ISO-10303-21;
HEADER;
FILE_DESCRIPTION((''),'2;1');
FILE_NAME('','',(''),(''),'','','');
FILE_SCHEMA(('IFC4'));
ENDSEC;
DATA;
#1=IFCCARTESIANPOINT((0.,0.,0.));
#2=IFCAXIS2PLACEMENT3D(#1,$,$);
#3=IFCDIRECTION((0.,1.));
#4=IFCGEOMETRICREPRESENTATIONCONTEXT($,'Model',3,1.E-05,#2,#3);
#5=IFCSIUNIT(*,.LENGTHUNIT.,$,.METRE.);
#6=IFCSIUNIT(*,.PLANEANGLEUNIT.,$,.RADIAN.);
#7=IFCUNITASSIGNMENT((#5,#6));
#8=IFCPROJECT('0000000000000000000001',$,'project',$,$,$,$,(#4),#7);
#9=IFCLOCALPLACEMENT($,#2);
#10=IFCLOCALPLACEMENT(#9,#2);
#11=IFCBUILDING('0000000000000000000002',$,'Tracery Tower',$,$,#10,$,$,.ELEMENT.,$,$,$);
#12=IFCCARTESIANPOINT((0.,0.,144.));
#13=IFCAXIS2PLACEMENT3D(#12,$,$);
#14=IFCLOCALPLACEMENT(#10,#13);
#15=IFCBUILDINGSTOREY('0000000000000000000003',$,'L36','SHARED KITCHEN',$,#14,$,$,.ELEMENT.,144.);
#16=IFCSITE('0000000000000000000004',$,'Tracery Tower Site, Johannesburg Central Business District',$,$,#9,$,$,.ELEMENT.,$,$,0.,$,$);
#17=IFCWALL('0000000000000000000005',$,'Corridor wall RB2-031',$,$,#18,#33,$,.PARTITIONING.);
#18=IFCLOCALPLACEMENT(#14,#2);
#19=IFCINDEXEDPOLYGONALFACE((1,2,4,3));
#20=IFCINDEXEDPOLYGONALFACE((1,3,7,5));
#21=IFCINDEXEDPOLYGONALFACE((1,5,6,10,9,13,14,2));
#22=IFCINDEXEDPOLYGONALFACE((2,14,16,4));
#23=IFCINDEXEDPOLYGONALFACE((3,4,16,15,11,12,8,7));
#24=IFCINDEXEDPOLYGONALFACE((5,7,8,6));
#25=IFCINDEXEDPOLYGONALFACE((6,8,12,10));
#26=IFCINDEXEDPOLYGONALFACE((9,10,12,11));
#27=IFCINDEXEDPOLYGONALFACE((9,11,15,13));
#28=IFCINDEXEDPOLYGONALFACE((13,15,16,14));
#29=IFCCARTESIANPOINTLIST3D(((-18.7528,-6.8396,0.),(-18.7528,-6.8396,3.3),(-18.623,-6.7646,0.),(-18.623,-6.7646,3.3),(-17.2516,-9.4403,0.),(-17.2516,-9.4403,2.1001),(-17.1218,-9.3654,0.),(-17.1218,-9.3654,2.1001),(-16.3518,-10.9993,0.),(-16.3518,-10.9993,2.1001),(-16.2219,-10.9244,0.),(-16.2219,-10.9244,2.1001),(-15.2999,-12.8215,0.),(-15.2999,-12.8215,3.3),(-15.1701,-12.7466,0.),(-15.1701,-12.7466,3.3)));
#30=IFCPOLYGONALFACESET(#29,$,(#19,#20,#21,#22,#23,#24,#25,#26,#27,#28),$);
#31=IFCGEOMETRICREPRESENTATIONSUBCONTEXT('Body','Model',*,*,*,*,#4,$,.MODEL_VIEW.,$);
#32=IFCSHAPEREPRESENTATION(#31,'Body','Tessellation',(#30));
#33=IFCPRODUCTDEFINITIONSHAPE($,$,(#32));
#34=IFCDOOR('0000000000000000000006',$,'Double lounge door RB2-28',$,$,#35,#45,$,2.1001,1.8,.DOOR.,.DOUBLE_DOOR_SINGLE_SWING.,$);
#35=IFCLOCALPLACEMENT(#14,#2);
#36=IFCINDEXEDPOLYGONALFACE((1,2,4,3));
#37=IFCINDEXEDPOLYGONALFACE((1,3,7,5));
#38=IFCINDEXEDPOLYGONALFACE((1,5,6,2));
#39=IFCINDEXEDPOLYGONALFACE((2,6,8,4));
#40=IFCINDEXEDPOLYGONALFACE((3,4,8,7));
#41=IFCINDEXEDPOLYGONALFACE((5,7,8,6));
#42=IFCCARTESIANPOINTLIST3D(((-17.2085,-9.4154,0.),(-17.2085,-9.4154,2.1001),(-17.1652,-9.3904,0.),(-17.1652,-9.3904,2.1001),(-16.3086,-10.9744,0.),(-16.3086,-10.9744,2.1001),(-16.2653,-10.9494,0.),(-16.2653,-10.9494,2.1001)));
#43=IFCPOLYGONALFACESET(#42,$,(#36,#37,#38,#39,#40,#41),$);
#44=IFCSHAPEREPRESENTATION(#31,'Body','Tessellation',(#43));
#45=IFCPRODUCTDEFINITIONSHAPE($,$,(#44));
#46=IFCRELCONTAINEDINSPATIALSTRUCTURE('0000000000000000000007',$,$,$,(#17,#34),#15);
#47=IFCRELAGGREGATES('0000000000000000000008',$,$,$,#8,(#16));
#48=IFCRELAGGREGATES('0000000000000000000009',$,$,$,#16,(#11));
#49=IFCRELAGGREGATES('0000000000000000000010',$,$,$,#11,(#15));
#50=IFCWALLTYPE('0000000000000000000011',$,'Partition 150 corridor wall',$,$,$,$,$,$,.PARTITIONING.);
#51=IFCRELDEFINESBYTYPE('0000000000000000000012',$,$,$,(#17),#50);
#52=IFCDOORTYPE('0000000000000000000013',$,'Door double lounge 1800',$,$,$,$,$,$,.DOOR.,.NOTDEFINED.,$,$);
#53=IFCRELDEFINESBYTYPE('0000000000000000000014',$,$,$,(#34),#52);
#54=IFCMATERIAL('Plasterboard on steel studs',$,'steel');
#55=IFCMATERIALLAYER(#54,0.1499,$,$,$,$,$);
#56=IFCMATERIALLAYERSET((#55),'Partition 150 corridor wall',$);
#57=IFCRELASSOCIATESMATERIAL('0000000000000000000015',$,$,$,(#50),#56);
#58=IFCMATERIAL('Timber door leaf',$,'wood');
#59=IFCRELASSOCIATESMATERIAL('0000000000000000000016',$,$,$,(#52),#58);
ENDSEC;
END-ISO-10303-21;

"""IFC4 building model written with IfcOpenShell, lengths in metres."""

from ifc_helpers import new_model, si_unit, direction, frame, frame_2d, origin, place, context, subcontext, project, spatial, rectangle, extrude, material, layer, layer_set, type_object, element, fill, save


model = new_model("IFC4")

# Units and contexts
model_context = context("Model", 3, precision=1e-05, world=origin(), true_north=direction((0.0, 1.0)))
body_context = subcontext(model_context, "Body", "Model", "MODEL_VIEW")
ifc_project = project(units=[si_unit("LENGTHUNIT", "METRE"), si_unit("PLANEANGLEUNIT", "RADIAN")], contexts=[model_context])

# Site, building, storey
site_placement = place(None, origin())
site = spatial("IfcSite", under=ifc_project, at=site_placement, Name="Tracery Tower Site, Johannesburg Central Business District", CompositionType="ELEMENT", RefElevation=0.0)
building_placement = place(site_placement, origin())
building = spatial("IfcBuilding", under=site, at=building_placement, Name="Tracery Tower", CompositionType="ELEMENT")
storey_placement = place(building_placement, frame((0.0, 0.0, 144.0)))
storey = spatial("IfcBuildingStorey", under=building, at=storey_placement, Name="L36", Description="SHARED KITCHEN", CompositionType="ELEMENT", Elevation=144.0)

# Shared definitions
ifc_material_1 = material(Name="Plasterboard on steel studs", Category="steel")
ifc_layer_1 = layer(ifc_material_1, 0.1499)
ifc_layer_set_1 = layer_set([ifc_layer_1], Name="Partition 150 corridor wall")
wall_type_1 = type_object("IfcWallType", Name="Partition 150 corridor wall", PredefinedType="PARTITIONING", material=ifc_layer_set_1)

# Wall, opening, door
wall_1_placement = place(storey_placement, frame((-18.688, -6.802, 0.0), z_axis=(0.0, 0.0, 1.0), x_axis=(0.499914, -0.866075, 0.0)))
wall_1 = element("IfcWall", 1, at=wall_1_placement, inside=storey, type_object=wall_type_1, Name="Corridor wall RB2-031", PredefinedType="PARTITIONING", context=body_context, shape_type="SweptSolid", body=[
    extrude(rectangle(XDim=6.907, YDim=0.1499, at=frame_2d((3.4536, 0.0))), origin(), (0.0, 0.0, 1.0), 3.3),
])
opening_1_placement = place(wall_1_placement, frame((3.0032, 0.0, 0.0)))
opening_1 = element("IfcOpeningElement", 2, at=opening_1_placement, cuts=wall_1, PredefinedType="OPENING", context=body_context, shape_type="SweptSolid", body=[
    extrude(rectangle(XDim=1.8, YDim=2.1001, at=frame_2d((0.8999, 1.05))), frame((0.0, 0.075, 0.0), z_axis=(0.0, -1.0, 0.0), x_axis=(1.0, 0.0, 0.0)), (0.0, 0.0, 1.0), 0.1499),
])
ifc_material_2 = material(Name="Timber door leaf", Category="wood")
door_type_1 = type_object("IfcDoorType", Name="Door double lounge 1800", OperationType="NOTDEFINED", PredefinedType="DOOR", material=ifc_material_2)
door_1_placement = place(opening_1_placement, origin())
door_1 = element("IfcDoor", 3, at=door_1_placement, inside=storey, type_object=door_type_1, Name="Double lounge door RB2-28", OperationType="DOUBLE_DOOR_SINGLE_SWING", OverallHeight=2.1001, OverallWidth=1.8, PredefinedType="DOOR", context=body_context, shape_type="SweptSolid", body=[
    extrude(rectangle(XDim=1.8, YDim=2.1001, at=frame_2d((0.8999, 1.05))), frame((0.0, 0.0249, 0.0), z_axis=(0.0, -1.0, 0.0), x_axis=(1.0, 0.0, 0.0)), (0.0, 0.0, 1.0), 0.05),
])
fill(opening_1, door_1)

save(model, "model.ifc")
